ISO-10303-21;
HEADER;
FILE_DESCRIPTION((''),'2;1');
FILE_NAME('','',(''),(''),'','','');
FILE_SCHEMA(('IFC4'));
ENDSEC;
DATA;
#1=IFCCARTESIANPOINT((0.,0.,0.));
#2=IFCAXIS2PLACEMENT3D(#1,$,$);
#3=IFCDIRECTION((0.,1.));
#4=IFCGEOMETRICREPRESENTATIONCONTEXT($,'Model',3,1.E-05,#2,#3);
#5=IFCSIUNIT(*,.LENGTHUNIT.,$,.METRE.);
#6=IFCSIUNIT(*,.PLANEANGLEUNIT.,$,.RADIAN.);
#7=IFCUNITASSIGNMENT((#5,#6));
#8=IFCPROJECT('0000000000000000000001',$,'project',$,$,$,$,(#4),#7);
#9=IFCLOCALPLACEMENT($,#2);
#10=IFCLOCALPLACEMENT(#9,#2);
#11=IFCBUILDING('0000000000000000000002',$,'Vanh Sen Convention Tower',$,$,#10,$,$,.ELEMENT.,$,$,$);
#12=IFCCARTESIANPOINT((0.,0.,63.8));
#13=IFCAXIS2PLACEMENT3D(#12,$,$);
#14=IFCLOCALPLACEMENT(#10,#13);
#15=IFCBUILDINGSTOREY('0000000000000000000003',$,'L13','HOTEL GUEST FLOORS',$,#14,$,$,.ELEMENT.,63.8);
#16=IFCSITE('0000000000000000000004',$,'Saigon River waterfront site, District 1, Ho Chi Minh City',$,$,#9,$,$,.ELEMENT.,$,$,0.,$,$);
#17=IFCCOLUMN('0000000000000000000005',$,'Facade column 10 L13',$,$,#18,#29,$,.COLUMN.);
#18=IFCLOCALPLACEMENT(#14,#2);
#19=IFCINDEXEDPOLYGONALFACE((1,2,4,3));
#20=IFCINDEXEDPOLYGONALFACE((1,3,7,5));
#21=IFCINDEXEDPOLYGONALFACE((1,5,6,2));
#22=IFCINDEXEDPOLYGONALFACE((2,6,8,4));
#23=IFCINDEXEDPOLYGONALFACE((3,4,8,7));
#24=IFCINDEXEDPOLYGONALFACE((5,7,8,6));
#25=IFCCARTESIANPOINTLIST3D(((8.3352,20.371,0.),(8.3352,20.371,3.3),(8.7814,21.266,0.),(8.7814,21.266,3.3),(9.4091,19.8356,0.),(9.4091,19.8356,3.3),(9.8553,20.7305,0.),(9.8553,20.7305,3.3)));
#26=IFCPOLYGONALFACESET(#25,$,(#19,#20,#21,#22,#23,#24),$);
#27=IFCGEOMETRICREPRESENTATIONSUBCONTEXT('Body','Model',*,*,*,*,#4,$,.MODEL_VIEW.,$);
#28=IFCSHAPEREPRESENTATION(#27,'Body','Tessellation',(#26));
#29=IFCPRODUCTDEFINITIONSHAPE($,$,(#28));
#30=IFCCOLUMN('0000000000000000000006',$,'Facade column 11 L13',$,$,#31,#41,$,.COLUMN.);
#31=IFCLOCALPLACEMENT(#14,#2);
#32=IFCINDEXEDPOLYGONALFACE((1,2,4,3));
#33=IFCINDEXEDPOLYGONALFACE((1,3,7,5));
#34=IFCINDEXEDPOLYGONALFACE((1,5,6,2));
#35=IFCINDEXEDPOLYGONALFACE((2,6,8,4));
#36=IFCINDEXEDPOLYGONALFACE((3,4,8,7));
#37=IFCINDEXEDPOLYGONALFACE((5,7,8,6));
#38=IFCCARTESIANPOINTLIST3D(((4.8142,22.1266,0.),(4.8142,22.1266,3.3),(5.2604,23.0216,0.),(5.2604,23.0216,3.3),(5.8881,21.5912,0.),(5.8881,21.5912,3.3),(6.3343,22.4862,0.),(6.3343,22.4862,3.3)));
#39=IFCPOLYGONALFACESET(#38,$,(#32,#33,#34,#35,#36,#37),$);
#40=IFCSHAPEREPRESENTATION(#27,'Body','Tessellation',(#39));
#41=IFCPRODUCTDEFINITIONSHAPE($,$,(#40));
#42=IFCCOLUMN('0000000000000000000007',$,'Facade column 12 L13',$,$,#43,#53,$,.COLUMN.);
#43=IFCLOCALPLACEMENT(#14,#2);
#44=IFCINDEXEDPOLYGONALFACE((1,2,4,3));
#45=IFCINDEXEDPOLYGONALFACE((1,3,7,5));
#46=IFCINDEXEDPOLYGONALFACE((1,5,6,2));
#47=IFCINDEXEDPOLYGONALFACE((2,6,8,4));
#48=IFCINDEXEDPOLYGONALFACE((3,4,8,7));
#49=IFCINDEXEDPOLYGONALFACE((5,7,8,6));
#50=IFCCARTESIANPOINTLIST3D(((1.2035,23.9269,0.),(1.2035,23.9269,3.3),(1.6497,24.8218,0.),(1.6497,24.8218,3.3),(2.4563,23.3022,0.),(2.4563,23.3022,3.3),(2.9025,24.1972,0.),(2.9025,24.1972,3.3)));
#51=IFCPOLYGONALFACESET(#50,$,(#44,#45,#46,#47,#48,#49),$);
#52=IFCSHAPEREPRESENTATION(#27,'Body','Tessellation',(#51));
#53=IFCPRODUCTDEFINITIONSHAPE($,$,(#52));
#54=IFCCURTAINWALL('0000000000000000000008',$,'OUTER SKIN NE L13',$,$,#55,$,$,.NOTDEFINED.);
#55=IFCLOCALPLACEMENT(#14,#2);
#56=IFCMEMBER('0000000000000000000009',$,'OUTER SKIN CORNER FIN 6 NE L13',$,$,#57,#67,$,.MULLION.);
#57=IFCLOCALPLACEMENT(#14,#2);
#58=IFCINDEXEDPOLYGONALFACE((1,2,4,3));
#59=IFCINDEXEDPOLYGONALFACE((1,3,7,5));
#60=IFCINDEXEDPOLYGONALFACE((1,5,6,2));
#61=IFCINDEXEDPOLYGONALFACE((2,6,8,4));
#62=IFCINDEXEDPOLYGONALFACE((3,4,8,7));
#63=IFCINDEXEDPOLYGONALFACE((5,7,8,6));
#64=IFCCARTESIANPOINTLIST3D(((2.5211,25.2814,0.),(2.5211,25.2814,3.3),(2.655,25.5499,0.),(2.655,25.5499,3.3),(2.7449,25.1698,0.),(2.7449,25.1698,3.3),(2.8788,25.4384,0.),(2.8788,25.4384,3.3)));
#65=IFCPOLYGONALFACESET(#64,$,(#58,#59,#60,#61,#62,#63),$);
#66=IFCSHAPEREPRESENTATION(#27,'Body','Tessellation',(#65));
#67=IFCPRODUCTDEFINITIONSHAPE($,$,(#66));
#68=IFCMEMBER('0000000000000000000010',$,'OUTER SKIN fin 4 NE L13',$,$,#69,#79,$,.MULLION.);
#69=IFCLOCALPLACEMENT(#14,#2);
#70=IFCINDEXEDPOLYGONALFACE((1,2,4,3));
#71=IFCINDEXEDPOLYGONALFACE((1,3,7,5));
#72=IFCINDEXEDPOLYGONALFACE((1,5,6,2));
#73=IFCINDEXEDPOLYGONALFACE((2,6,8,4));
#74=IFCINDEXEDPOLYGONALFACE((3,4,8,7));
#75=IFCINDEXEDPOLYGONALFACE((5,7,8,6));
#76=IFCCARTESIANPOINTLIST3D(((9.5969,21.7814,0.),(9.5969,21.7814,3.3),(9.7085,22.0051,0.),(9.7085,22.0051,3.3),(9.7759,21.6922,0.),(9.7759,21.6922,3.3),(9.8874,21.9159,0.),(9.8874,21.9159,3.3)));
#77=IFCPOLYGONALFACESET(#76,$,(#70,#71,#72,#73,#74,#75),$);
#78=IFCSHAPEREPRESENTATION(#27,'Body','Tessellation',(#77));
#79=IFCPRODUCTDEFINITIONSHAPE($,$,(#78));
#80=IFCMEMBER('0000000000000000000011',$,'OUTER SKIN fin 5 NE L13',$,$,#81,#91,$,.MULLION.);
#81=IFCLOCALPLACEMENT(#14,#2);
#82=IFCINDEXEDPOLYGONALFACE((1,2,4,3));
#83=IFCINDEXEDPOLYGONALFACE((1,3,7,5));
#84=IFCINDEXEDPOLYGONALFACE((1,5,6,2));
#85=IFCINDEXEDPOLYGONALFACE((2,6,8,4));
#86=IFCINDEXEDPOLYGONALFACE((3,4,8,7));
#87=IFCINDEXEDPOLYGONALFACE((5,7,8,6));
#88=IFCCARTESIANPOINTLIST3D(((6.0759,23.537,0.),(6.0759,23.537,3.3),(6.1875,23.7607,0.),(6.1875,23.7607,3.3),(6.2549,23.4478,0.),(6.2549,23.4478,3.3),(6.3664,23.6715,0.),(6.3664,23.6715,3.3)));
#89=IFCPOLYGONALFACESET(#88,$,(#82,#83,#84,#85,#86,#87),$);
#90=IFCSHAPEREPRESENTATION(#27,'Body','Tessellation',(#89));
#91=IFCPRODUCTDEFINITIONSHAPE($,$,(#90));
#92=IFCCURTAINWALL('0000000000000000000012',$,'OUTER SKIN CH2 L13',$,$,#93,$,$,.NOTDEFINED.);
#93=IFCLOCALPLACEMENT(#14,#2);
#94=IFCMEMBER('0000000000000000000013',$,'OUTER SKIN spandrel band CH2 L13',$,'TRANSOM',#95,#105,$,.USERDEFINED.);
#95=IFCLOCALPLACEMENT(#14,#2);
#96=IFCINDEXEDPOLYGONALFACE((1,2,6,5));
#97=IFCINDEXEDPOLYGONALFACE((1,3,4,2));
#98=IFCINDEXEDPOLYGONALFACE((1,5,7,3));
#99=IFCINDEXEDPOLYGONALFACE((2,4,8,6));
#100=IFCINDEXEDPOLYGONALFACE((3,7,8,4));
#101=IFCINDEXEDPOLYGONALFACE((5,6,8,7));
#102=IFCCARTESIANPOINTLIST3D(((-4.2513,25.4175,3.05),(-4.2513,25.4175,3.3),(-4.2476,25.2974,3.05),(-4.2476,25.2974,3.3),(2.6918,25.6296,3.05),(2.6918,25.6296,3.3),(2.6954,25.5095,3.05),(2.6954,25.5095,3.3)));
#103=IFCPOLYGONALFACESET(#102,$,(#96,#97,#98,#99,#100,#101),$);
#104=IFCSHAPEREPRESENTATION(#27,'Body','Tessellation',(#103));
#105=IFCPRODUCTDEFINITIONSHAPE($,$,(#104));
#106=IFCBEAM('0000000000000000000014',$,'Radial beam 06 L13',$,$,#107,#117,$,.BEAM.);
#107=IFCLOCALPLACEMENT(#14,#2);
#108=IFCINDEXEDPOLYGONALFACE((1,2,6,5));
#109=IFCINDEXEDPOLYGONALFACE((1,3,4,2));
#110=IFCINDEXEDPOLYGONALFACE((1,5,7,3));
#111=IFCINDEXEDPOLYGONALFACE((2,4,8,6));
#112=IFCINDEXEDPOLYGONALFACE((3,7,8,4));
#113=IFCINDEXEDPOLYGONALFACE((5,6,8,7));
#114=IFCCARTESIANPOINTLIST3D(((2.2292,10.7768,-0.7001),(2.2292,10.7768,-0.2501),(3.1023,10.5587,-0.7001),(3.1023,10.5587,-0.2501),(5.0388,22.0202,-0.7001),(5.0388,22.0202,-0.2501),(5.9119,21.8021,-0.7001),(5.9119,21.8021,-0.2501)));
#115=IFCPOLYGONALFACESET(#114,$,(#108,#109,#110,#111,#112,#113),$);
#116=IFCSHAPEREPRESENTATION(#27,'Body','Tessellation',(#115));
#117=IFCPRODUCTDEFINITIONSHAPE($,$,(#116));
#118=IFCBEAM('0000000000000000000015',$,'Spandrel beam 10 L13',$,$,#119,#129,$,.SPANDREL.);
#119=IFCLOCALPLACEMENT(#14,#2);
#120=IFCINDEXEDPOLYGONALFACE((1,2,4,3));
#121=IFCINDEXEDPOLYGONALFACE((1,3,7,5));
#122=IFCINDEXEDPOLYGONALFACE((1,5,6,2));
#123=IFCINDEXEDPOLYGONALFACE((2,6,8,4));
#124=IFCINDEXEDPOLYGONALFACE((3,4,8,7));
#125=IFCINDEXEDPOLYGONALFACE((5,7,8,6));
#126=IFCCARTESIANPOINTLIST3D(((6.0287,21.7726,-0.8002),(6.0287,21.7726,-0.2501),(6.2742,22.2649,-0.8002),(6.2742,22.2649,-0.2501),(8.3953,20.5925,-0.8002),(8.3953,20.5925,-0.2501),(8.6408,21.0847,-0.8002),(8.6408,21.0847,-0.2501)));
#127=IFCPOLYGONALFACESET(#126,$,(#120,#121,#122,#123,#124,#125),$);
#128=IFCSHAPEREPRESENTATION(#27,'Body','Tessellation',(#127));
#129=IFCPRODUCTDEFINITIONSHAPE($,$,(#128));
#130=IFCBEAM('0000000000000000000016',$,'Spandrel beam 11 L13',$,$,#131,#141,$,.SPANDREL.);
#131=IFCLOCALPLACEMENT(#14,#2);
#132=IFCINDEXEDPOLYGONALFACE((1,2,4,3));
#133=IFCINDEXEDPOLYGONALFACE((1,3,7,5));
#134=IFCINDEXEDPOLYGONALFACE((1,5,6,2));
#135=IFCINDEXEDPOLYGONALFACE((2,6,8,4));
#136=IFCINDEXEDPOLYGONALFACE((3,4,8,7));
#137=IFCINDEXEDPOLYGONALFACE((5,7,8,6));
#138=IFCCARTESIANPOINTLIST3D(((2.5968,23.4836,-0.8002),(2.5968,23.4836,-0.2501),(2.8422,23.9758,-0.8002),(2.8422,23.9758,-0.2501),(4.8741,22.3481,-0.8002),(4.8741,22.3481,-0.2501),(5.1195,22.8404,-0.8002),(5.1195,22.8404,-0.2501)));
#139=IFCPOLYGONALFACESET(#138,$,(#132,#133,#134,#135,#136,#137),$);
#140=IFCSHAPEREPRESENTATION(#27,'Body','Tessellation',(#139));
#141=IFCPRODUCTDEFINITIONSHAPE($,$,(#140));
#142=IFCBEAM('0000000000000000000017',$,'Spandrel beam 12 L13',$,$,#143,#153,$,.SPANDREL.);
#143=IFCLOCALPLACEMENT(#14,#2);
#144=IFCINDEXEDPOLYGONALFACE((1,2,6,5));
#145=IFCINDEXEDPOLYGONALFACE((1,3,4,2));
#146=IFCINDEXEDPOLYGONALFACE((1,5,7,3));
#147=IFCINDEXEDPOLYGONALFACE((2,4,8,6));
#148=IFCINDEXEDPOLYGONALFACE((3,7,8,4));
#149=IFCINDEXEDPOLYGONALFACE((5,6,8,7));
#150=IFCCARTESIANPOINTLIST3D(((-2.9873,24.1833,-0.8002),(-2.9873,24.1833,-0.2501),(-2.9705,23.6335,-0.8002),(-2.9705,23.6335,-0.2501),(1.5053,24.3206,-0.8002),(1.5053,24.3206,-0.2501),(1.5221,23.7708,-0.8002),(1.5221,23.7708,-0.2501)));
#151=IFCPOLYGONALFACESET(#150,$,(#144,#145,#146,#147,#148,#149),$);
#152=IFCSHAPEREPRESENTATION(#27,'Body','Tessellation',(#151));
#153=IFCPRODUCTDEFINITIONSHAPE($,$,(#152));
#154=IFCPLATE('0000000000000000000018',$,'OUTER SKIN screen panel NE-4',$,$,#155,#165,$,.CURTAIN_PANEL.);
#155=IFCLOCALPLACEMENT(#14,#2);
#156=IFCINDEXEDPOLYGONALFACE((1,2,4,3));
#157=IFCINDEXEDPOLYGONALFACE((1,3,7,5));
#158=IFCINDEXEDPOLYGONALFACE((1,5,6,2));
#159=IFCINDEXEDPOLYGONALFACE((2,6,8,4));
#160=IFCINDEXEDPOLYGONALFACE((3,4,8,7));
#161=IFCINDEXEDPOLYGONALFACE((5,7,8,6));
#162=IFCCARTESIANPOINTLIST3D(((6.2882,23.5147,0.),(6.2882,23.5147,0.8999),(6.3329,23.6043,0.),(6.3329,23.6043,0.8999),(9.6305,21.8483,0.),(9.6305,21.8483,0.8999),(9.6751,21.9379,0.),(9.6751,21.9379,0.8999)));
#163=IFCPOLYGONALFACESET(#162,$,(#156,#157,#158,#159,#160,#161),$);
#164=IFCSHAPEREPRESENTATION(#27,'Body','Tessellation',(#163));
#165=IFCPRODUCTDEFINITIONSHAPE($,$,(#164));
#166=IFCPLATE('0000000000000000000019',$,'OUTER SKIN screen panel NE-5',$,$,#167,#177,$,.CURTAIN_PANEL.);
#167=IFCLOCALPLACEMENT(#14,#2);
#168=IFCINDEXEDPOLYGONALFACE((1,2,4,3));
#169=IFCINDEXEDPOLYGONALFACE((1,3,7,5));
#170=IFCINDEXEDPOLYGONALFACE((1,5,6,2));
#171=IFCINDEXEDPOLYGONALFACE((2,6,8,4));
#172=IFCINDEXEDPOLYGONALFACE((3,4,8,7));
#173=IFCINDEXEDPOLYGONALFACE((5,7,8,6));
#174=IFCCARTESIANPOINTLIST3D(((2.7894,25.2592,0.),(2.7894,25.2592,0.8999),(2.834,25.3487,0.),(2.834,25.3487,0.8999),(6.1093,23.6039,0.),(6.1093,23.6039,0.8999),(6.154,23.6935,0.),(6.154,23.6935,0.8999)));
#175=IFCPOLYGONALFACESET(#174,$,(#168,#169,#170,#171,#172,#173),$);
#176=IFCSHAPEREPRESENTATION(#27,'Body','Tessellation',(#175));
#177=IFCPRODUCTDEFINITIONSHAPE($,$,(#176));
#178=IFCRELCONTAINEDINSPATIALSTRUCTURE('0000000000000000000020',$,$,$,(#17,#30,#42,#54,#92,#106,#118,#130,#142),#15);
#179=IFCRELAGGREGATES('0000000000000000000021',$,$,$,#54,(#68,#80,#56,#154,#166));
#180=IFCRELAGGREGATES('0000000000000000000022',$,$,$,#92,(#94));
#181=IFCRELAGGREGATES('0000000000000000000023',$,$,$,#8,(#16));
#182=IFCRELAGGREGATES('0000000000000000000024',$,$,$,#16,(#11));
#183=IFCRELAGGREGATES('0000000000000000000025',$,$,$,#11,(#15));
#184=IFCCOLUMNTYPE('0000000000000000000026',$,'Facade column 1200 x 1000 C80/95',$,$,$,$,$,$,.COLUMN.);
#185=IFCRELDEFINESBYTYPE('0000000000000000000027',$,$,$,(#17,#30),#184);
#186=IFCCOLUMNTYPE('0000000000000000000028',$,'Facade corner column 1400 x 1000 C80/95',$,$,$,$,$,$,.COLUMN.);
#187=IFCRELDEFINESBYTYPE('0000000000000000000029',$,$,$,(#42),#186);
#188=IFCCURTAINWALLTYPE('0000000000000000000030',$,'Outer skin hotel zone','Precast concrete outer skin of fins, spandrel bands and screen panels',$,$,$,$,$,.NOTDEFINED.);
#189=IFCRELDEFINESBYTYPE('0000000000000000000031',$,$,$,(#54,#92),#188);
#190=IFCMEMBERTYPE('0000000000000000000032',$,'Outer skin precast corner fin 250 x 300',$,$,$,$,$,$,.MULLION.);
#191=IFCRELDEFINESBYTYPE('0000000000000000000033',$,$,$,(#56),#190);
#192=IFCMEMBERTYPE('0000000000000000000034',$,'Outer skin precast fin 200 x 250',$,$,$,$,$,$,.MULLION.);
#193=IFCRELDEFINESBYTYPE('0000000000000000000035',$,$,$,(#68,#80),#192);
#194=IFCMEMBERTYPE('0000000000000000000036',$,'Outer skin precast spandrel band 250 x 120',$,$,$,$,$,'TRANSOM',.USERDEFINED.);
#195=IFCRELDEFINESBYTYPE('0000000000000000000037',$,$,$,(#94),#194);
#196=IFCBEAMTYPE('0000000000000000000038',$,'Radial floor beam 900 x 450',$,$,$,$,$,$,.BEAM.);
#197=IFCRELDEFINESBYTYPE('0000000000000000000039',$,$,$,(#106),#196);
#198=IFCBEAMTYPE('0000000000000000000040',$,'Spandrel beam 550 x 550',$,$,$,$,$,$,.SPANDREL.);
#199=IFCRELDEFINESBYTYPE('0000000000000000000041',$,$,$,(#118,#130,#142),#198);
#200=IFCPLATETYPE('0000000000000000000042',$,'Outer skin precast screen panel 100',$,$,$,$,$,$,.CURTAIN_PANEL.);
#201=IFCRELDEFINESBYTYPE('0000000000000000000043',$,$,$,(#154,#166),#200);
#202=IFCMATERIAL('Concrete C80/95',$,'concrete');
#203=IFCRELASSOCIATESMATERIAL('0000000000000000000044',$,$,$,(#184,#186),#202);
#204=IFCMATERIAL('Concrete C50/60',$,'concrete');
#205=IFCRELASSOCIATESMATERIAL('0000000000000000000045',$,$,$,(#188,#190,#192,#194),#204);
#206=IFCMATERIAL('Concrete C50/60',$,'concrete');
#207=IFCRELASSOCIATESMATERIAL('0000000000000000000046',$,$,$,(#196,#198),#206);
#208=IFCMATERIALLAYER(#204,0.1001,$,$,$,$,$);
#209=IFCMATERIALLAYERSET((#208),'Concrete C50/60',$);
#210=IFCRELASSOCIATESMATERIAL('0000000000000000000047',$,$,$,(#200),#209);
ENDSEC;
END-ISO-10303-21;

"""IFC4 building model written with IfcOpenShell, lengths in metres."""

from ifc_helpers import new_model, si_unit, direction, frame, origin, origin_2d, place, context, subcontext, project, spatial, rectangle, extrude, material, layer, layer_set, material_profile, profile_set, type_object, element, aggregate, save


model = new_model("IFC4")

# Units and contexts
model_context = context("Model", 3, precision=1e-05, world=origin(), true_north=direction((0.0, 1.0)))
body_context = subcontext(model_context, "Body", "Model", "MODEL_VIEW")
ifc_project = project(units=[si_unit("LENGTHUNIT", "METRE"), si_unit("PLANEANGLEUNIT", "RADIAN")], contexts=[model_context])

# Site, building, storey
site_placement = place(None, origin())
site = spatial("IfcSite", under=ifc_project, at=site_placement, Name="Saigon River waterfront site, District 1, Ho Chi Minh City", CompositionType="ELEMENT", RefElevation=0.0)
building_placement = place(site_placement, origin())
building = spatial("IfcBuilding", under=site, at=building_placement, Name="Vanh Sen Convention Tower", CompositionType="ELEMENT")
storey_placement = place(building_placement, frame((0.0, 0.0, 63.8)))
storey = spatial("IfcBuildingStorey", under=building, at=storey_placement, Name="L13", Description="HOTEL GUEST FLOORS", CompositionType="ELEMENT", Elevation=63.8)

# Columns
ifc_material_1 = material(Name="Concrete C80/95", Category="concrete")
ifc_material_profile_1 = material_profile(ifc_material_1, rectangle(XDim=1.2, YDim=1.0, at=origin_2d()), Name="RC 1200X1000")
ifc_profile_set_1 = profile_set([ifc_material_profile_1], Name="Concrete C80/95")
column_type_1 = type_object("IfcColumnType", Name="Facade column 1200 x 1000 C80/95", PredefinedType="COLUMN", material=ifc_profile_set_1)
for number, where, z_axis, x_axis, name in (
    (1, (9.0952, 20.5508, 0.0), (0.0, 0.0, 1.0), (-0.894934, 0.446198, 0.0), "Facade column 10 L13"),
    (2, (5.5742, 22.3064, 0.0), (0.0, 0.0, 1.0), (-0.894934, 0.446198, 0.0), "Facade column 11 L13"),
):
    element("IfcColumn", number, at=place(storey_placement, frame(where, z_axis=z_axis, x_axis=x_axis)), inside=storey, type_object=column_type_1, Name=name, PredefinedType="COLUMN", context=body_context, shape_type="SweptSolid", body=[
        extrude(rectangle(XDim=1.2, YDim=1.0, at=origin_2d()), origin(), (0.0, 0.0, 1.0), 3.3),
    ])
ifc_material_profile_2 = material_profile(ifc_material_1, rectangle(XDim=1.3999, YDim=1.0, at=origin_2d()), Name="RC 1400X1000")
ifc_profile_set_2 = profile_set([ifc_material_profile_2], Name="Concrete C80/95")
column_type_2 = type_object("IfcColumnType", Name="Facade corner column 1400 x 1000 C80/95", PredefinedType="COLUMN", material=ifc_profile_set_2)
column_placement = place(storey_placement, frame((2.053, 24.062, 0.0), z_axis=(0.0, 0.0, 1.0), x_axis=(-0.894934, 0.446198, 0.0)))
element("IfcColumn", 3, at=column_placement, inside=storey, type_object=column_type_2, Name="Facade column 12 L13", PredefinedType="COLUMN", context=body_context, shape_type="SweptSolid", body=[
    extrude(rectangle(XDim=1.3999, YDim=1.0, at=origin_2d()), origin(), (0.0, 0.0, 1.0), 3.3),
])

# Curtain wall, members
ifc_material_2 = material(Name="Concrete C50/60", Category="concrete")
curtain_wall_type = type_object("IfcCurtainWallType", Name="Outer skin hotel zone", Description="Precast concrete outer skin of fins, spandrel bands and screen panels", PredefinedType="NOTDEFINED", material=ifc_material_2)
curtain_wall_1_placement = place(storey_placement, origin())
curtain_wall_1 = element("IfcCurtainWall", 4, at=curtain_wall_1_placement, inside=storey, type_object=curtain_wall_type, Name="OUTER SKIN NE L13", PredefinedType="NOTDEFINED")
ifc_material_profile_3 = material_profile(ifc_material_2, rectangle(XDim=0.25, YDim=0.3, at=origin_2d()), Name="Outer skin precast corner fin 250 x 300")
ifc_profile_set_3 = profile_set([ifc_material_profile_3], Name="Concrete C50/60")
member_type_1 = type_object("IfcMemberType", Name="Outer skin precast corner fin 250 x 300", PredefinedType="MULLION", material=ifc_profile_set_3)
member_1_placement = place(storey_placement, frame((2.7, 25.3599, 0.0), z_axis=(0.0, 0.0, 1.0), x_axis=(-0.894934, 0.446198, 0.0)))
member_1 = element("IfcMember", 5, at=member_1_placement, type_object=member_type_1, Name="OUTER SKIN CORNER FIN 6 NE L13", PredefinedType="MULLION", context=body_context, shape_type="SweptSolid", body=[
    extrude(rectangle(XDim=0.25, YDim=0.3, at=origin_2d()), origin(), (0.0, 0.0, 1.0), 3.3),
])
ifc_material_profile_4 = material_profile(ifc_material_2, rectangle(XDim=0.2, YDim=0.25, at=origin_2d()), Name="Outer skin precast fin 200 x 250")
ifc_profile_set_4 = profile_set([ifc_material_profile_4], Name="Concrete C50/60")
member_type_2 = type_object("IfcMemberType", Name="Outer skin precast fin 200 x 250", PredefinedType="MULLION", material=ifc_profile_set_4)
member_2_placement = place(storey_placement, frame((9.7422, 21.8486, 0.0), z_axis=(0.0, 0.0, 1.0), x_axis=(-0.894934, 0.446198, 0.0)))
member_2 = element("IfcMember", 6, at=member_2_placement, type_object=member_type_2, Name="OUTER SKIN fin 4 NE L13", PredefinedType="MULLION", context=body_context, shape_type="SweptSolid", body=[
    extrude(rectangle(XDim=0.2, YDim=0.25, at=origin_2d()), origin(), (0.0, 0.0, 1.0), 3.3),
])
member_3_placement = place(storey_placement, frame((6.2212, 23.6042, 0.0), z_axis=(0.0, 0.0, 1.0), x_axis=(-0.894934, 0.446198, 0.0)))
member_3 = element("IfcMember", 7, at=member_3_placement, type_object=member_type_2, Name="OUTER SKIN fin 5 NE L13", PredefinedType="MULLION", context=body_context, shape_type="SweptSolid", body=[
    extrude(rectangle(XDim=0.2, YDim=0.25, at=origin_2d()), origin(), (0.0, 0.0, 1.0), 3.3),
])

# Curtain wall, member
curtain_wall_2_placement = place(storey_placement, origin())
curtain_wall_2 = element("IfcCurtainWall", 8, at=curtain_wall_2_placement, inside=storey, type_object=curtain_wall_type, Name="OUTER SKIN CH2 L13", PredefinedType="NOTDEFINED")
ifc_material_profile_5 = material_profile(ifc_material_2, rectangle(XDim=0.1201, YDim=0.25, at=origin_2d()), Name="Outer skin precast spandrel band 250 x 120")
ifc_profile_set_5 = profile_set([ifc_material_profile_5], Name="Concrete C50/60")
member_type_3 = type_object("IfcMemberType", Name="Outer skin precast spandrel band 250 x 120", ElementType="TRANSOM", PredefinedType="USERDEFINED", material=ifc_profile_set_5)
member_4_placement = place(storey_placement, frame((2.6936, 25.5696, 3.175), z_axis=(-0.999533, -0.030542, 0.0), x_axis=(0.030542, -0.999533, 0.0)))
member_4 = element("IfcMember", 9, at=member_4_placement, type_object=member_type_3, Name="OUTER SKIN spandrel band CH2 L13", ObjectType="TRANSOM", PredefinedType="USERDEFINED", context=body_context, shape_type="SweptSolid", body=[
    extrude(rectangle(XDim=0.1201, YDim=0.25, at=origin_2d()), origin(), (0.0, 0.0, 1.0), 6.9463),
])

# Beams
ifc_material_3 = material(Name="Concrete C50/60", Category="concrete")
ifc_material_profile_6 = material_profile(ifc_material_3, rectangle(XDim=0.8999, YDim=0.45, at=origin_2d()), Name="RC 900X450")
ifc_profile_set_6 = profile_set([ifc_material_profile_6], Name="Concrete C50/60")
beam_type_1 = type_object("IfcBeamType", Name="Radial floor beam 900 x 450", PredefinedType="BEAM", material=ifc_profile_set_6)
beam_1_placement = place(storey_placement, frame((5.4753, 21.9111, -0.4751), z_axis=(-0.242432, -0.970169, 0.0), x_axis=(0.970169, -0.242432, 0.0)))
element("IfcBeam", 10, at=beam_1_placement, inside=storey, type_object=beam_type_1, Name="Radial beam 06 L13", PredefinedType="BEAM", context=body_context, shape_type="SweptSolid", body=[
    extrude(rectangle(XDim=0.8999, YDim=0.45, at=origin_2d()), origin(), (0.0, 0.0, 1.0), 11.5891),
])
ifc_material_profile_7 = material_profile(ifc_material_3, rectangle(XDim=0.55, YDim=0.55, at=origin_2d()), Name="RC 550X550")
ifc_profile_set_7 = profile_set([ifc_material_profile_7], Name="Concrete C50/60")
beam_type_2 = type_object("IfcBeamType", Name="Spandrel beam 550 x 550", PredefinedType="SPANDREL", material=ifc_profile_set_7)
beam_2_placement = place(storey_placement, frame((8.5181, 20.8386, -0.5251), z_axis=(-0.894907, 0.446253, 0.0), x_axis=(-0.446253, -0.894907, 0.0)))
element("IfcBeam", 11, at=beam_2_placement, inside=storey, type_object=beam_type_2, Name="Spandrel beam 10 L13", PredefinedType="SPANDREL", context=body_context, shape_type="SweptSolid", body=[
    extrude(rectangle(XDim=0.55, YDim=0.55, at=origin_2d()), origin(), (0.0, 0.0, 1.0), 2.6445),
])
beam_3_placement = place(storey_placement, frame((4.9968, 22.5942, -0.5251), z_axis=(-0.894926, 0.446216, 0.0), x_axis=(-0.446216, -0.894926, 0.0)))
element("IfcBeam", 12, at=beam_3_placement, inside=storey, type_object=beam_type_2, Name="Spandrel beam 11 L13", PredefinedType="SPANDREL", context=body_context, shape_type="SweptSolid", body=[
    extrude(rectangle(XDim=0.55, YDim=0.55, at=origin_2d()), origin(), (0.0, 0.0, 1.0), 2.5447),
])
beam_4_placement = place(storey_placement, frame((1.5137, 24.0457, -0.5251), z_axis=(-0.999534, -0.030528, 0.0), x_axis=(0.030528, -0.999534, 0.0)))
element("IfcBeam", 13, at=beam_4_placement, inside=storey, type_object=beam_type_2, Name="Spandrel beam 12 L13", PredefinedType="SPANDREL", context=body_context, shape_type="SweptSolid", body=[
    extrude(rectangle(XDim=0.55, YDim=0.55, at=origin_2d()), origin(), (0.0, 0.0, 1.0), 4.4946),
])

# Plates
ifc_layer_1 = layer(ifc_material_2, 0.1001)
ifc_layer_set_1 = layer_set([ifc_layer_1], Name="Concrete C50/60")
plate_type = type_object("IfcPlateType", Name="Outer skin precast screen panel 100", PredefinedType="CURTAIN_PANEL", material=ifc_layer_set_1)
plate_1_placement = place(storey_placement, frame((7.9817, 22.7263, 0.0), z_axis=(0.0, 0.0, 1.0), x_axis=(-0.894935, 0.446196, 0.0)))
plate_1 = element("IfcPlate", 14, at=plate_1_placement, type_object=plate_type, Name="OUTER SKIN screen panel NE-4", PredefinedType="CURTAIN_PANEL", context=body_context, shape_type="SweptSolid", body=[
    extrude(rectangle(XDim=3.7346, YDim=0.1001, at=origin_2d()), origin(), (0.0, 0.0, 1.0), 0.8999),
])
plate_2_placement = place(storey_placement, frame((4.4717, 24.4763, 0.0), z_axis=(0.0, 0.0, 1.0), x_axis=(-0.894935, 0.446196, 0.0)))
plate_2 = element("IfcPlate", 15, at=plate_2_placement, type_object=plate_type, Name="OUTER SKIN screen panel NE-5", PredefinedType="CURTAIN_PANEL", context=body_context, shape_type="SweptSolid", body=[
    extrude(rectangle(XDim=3.7097, YDim=0.1001, at=origin_2d()), origin(), (0.0, 0.0, 1.0), 0.8999),
])
aggregate(curtain_wall_1, [member_2, member_3, member_1, plate_1, plate_2])
aggregate(curtain_wall_2, [member_4])

save(model, "model.ifc")
